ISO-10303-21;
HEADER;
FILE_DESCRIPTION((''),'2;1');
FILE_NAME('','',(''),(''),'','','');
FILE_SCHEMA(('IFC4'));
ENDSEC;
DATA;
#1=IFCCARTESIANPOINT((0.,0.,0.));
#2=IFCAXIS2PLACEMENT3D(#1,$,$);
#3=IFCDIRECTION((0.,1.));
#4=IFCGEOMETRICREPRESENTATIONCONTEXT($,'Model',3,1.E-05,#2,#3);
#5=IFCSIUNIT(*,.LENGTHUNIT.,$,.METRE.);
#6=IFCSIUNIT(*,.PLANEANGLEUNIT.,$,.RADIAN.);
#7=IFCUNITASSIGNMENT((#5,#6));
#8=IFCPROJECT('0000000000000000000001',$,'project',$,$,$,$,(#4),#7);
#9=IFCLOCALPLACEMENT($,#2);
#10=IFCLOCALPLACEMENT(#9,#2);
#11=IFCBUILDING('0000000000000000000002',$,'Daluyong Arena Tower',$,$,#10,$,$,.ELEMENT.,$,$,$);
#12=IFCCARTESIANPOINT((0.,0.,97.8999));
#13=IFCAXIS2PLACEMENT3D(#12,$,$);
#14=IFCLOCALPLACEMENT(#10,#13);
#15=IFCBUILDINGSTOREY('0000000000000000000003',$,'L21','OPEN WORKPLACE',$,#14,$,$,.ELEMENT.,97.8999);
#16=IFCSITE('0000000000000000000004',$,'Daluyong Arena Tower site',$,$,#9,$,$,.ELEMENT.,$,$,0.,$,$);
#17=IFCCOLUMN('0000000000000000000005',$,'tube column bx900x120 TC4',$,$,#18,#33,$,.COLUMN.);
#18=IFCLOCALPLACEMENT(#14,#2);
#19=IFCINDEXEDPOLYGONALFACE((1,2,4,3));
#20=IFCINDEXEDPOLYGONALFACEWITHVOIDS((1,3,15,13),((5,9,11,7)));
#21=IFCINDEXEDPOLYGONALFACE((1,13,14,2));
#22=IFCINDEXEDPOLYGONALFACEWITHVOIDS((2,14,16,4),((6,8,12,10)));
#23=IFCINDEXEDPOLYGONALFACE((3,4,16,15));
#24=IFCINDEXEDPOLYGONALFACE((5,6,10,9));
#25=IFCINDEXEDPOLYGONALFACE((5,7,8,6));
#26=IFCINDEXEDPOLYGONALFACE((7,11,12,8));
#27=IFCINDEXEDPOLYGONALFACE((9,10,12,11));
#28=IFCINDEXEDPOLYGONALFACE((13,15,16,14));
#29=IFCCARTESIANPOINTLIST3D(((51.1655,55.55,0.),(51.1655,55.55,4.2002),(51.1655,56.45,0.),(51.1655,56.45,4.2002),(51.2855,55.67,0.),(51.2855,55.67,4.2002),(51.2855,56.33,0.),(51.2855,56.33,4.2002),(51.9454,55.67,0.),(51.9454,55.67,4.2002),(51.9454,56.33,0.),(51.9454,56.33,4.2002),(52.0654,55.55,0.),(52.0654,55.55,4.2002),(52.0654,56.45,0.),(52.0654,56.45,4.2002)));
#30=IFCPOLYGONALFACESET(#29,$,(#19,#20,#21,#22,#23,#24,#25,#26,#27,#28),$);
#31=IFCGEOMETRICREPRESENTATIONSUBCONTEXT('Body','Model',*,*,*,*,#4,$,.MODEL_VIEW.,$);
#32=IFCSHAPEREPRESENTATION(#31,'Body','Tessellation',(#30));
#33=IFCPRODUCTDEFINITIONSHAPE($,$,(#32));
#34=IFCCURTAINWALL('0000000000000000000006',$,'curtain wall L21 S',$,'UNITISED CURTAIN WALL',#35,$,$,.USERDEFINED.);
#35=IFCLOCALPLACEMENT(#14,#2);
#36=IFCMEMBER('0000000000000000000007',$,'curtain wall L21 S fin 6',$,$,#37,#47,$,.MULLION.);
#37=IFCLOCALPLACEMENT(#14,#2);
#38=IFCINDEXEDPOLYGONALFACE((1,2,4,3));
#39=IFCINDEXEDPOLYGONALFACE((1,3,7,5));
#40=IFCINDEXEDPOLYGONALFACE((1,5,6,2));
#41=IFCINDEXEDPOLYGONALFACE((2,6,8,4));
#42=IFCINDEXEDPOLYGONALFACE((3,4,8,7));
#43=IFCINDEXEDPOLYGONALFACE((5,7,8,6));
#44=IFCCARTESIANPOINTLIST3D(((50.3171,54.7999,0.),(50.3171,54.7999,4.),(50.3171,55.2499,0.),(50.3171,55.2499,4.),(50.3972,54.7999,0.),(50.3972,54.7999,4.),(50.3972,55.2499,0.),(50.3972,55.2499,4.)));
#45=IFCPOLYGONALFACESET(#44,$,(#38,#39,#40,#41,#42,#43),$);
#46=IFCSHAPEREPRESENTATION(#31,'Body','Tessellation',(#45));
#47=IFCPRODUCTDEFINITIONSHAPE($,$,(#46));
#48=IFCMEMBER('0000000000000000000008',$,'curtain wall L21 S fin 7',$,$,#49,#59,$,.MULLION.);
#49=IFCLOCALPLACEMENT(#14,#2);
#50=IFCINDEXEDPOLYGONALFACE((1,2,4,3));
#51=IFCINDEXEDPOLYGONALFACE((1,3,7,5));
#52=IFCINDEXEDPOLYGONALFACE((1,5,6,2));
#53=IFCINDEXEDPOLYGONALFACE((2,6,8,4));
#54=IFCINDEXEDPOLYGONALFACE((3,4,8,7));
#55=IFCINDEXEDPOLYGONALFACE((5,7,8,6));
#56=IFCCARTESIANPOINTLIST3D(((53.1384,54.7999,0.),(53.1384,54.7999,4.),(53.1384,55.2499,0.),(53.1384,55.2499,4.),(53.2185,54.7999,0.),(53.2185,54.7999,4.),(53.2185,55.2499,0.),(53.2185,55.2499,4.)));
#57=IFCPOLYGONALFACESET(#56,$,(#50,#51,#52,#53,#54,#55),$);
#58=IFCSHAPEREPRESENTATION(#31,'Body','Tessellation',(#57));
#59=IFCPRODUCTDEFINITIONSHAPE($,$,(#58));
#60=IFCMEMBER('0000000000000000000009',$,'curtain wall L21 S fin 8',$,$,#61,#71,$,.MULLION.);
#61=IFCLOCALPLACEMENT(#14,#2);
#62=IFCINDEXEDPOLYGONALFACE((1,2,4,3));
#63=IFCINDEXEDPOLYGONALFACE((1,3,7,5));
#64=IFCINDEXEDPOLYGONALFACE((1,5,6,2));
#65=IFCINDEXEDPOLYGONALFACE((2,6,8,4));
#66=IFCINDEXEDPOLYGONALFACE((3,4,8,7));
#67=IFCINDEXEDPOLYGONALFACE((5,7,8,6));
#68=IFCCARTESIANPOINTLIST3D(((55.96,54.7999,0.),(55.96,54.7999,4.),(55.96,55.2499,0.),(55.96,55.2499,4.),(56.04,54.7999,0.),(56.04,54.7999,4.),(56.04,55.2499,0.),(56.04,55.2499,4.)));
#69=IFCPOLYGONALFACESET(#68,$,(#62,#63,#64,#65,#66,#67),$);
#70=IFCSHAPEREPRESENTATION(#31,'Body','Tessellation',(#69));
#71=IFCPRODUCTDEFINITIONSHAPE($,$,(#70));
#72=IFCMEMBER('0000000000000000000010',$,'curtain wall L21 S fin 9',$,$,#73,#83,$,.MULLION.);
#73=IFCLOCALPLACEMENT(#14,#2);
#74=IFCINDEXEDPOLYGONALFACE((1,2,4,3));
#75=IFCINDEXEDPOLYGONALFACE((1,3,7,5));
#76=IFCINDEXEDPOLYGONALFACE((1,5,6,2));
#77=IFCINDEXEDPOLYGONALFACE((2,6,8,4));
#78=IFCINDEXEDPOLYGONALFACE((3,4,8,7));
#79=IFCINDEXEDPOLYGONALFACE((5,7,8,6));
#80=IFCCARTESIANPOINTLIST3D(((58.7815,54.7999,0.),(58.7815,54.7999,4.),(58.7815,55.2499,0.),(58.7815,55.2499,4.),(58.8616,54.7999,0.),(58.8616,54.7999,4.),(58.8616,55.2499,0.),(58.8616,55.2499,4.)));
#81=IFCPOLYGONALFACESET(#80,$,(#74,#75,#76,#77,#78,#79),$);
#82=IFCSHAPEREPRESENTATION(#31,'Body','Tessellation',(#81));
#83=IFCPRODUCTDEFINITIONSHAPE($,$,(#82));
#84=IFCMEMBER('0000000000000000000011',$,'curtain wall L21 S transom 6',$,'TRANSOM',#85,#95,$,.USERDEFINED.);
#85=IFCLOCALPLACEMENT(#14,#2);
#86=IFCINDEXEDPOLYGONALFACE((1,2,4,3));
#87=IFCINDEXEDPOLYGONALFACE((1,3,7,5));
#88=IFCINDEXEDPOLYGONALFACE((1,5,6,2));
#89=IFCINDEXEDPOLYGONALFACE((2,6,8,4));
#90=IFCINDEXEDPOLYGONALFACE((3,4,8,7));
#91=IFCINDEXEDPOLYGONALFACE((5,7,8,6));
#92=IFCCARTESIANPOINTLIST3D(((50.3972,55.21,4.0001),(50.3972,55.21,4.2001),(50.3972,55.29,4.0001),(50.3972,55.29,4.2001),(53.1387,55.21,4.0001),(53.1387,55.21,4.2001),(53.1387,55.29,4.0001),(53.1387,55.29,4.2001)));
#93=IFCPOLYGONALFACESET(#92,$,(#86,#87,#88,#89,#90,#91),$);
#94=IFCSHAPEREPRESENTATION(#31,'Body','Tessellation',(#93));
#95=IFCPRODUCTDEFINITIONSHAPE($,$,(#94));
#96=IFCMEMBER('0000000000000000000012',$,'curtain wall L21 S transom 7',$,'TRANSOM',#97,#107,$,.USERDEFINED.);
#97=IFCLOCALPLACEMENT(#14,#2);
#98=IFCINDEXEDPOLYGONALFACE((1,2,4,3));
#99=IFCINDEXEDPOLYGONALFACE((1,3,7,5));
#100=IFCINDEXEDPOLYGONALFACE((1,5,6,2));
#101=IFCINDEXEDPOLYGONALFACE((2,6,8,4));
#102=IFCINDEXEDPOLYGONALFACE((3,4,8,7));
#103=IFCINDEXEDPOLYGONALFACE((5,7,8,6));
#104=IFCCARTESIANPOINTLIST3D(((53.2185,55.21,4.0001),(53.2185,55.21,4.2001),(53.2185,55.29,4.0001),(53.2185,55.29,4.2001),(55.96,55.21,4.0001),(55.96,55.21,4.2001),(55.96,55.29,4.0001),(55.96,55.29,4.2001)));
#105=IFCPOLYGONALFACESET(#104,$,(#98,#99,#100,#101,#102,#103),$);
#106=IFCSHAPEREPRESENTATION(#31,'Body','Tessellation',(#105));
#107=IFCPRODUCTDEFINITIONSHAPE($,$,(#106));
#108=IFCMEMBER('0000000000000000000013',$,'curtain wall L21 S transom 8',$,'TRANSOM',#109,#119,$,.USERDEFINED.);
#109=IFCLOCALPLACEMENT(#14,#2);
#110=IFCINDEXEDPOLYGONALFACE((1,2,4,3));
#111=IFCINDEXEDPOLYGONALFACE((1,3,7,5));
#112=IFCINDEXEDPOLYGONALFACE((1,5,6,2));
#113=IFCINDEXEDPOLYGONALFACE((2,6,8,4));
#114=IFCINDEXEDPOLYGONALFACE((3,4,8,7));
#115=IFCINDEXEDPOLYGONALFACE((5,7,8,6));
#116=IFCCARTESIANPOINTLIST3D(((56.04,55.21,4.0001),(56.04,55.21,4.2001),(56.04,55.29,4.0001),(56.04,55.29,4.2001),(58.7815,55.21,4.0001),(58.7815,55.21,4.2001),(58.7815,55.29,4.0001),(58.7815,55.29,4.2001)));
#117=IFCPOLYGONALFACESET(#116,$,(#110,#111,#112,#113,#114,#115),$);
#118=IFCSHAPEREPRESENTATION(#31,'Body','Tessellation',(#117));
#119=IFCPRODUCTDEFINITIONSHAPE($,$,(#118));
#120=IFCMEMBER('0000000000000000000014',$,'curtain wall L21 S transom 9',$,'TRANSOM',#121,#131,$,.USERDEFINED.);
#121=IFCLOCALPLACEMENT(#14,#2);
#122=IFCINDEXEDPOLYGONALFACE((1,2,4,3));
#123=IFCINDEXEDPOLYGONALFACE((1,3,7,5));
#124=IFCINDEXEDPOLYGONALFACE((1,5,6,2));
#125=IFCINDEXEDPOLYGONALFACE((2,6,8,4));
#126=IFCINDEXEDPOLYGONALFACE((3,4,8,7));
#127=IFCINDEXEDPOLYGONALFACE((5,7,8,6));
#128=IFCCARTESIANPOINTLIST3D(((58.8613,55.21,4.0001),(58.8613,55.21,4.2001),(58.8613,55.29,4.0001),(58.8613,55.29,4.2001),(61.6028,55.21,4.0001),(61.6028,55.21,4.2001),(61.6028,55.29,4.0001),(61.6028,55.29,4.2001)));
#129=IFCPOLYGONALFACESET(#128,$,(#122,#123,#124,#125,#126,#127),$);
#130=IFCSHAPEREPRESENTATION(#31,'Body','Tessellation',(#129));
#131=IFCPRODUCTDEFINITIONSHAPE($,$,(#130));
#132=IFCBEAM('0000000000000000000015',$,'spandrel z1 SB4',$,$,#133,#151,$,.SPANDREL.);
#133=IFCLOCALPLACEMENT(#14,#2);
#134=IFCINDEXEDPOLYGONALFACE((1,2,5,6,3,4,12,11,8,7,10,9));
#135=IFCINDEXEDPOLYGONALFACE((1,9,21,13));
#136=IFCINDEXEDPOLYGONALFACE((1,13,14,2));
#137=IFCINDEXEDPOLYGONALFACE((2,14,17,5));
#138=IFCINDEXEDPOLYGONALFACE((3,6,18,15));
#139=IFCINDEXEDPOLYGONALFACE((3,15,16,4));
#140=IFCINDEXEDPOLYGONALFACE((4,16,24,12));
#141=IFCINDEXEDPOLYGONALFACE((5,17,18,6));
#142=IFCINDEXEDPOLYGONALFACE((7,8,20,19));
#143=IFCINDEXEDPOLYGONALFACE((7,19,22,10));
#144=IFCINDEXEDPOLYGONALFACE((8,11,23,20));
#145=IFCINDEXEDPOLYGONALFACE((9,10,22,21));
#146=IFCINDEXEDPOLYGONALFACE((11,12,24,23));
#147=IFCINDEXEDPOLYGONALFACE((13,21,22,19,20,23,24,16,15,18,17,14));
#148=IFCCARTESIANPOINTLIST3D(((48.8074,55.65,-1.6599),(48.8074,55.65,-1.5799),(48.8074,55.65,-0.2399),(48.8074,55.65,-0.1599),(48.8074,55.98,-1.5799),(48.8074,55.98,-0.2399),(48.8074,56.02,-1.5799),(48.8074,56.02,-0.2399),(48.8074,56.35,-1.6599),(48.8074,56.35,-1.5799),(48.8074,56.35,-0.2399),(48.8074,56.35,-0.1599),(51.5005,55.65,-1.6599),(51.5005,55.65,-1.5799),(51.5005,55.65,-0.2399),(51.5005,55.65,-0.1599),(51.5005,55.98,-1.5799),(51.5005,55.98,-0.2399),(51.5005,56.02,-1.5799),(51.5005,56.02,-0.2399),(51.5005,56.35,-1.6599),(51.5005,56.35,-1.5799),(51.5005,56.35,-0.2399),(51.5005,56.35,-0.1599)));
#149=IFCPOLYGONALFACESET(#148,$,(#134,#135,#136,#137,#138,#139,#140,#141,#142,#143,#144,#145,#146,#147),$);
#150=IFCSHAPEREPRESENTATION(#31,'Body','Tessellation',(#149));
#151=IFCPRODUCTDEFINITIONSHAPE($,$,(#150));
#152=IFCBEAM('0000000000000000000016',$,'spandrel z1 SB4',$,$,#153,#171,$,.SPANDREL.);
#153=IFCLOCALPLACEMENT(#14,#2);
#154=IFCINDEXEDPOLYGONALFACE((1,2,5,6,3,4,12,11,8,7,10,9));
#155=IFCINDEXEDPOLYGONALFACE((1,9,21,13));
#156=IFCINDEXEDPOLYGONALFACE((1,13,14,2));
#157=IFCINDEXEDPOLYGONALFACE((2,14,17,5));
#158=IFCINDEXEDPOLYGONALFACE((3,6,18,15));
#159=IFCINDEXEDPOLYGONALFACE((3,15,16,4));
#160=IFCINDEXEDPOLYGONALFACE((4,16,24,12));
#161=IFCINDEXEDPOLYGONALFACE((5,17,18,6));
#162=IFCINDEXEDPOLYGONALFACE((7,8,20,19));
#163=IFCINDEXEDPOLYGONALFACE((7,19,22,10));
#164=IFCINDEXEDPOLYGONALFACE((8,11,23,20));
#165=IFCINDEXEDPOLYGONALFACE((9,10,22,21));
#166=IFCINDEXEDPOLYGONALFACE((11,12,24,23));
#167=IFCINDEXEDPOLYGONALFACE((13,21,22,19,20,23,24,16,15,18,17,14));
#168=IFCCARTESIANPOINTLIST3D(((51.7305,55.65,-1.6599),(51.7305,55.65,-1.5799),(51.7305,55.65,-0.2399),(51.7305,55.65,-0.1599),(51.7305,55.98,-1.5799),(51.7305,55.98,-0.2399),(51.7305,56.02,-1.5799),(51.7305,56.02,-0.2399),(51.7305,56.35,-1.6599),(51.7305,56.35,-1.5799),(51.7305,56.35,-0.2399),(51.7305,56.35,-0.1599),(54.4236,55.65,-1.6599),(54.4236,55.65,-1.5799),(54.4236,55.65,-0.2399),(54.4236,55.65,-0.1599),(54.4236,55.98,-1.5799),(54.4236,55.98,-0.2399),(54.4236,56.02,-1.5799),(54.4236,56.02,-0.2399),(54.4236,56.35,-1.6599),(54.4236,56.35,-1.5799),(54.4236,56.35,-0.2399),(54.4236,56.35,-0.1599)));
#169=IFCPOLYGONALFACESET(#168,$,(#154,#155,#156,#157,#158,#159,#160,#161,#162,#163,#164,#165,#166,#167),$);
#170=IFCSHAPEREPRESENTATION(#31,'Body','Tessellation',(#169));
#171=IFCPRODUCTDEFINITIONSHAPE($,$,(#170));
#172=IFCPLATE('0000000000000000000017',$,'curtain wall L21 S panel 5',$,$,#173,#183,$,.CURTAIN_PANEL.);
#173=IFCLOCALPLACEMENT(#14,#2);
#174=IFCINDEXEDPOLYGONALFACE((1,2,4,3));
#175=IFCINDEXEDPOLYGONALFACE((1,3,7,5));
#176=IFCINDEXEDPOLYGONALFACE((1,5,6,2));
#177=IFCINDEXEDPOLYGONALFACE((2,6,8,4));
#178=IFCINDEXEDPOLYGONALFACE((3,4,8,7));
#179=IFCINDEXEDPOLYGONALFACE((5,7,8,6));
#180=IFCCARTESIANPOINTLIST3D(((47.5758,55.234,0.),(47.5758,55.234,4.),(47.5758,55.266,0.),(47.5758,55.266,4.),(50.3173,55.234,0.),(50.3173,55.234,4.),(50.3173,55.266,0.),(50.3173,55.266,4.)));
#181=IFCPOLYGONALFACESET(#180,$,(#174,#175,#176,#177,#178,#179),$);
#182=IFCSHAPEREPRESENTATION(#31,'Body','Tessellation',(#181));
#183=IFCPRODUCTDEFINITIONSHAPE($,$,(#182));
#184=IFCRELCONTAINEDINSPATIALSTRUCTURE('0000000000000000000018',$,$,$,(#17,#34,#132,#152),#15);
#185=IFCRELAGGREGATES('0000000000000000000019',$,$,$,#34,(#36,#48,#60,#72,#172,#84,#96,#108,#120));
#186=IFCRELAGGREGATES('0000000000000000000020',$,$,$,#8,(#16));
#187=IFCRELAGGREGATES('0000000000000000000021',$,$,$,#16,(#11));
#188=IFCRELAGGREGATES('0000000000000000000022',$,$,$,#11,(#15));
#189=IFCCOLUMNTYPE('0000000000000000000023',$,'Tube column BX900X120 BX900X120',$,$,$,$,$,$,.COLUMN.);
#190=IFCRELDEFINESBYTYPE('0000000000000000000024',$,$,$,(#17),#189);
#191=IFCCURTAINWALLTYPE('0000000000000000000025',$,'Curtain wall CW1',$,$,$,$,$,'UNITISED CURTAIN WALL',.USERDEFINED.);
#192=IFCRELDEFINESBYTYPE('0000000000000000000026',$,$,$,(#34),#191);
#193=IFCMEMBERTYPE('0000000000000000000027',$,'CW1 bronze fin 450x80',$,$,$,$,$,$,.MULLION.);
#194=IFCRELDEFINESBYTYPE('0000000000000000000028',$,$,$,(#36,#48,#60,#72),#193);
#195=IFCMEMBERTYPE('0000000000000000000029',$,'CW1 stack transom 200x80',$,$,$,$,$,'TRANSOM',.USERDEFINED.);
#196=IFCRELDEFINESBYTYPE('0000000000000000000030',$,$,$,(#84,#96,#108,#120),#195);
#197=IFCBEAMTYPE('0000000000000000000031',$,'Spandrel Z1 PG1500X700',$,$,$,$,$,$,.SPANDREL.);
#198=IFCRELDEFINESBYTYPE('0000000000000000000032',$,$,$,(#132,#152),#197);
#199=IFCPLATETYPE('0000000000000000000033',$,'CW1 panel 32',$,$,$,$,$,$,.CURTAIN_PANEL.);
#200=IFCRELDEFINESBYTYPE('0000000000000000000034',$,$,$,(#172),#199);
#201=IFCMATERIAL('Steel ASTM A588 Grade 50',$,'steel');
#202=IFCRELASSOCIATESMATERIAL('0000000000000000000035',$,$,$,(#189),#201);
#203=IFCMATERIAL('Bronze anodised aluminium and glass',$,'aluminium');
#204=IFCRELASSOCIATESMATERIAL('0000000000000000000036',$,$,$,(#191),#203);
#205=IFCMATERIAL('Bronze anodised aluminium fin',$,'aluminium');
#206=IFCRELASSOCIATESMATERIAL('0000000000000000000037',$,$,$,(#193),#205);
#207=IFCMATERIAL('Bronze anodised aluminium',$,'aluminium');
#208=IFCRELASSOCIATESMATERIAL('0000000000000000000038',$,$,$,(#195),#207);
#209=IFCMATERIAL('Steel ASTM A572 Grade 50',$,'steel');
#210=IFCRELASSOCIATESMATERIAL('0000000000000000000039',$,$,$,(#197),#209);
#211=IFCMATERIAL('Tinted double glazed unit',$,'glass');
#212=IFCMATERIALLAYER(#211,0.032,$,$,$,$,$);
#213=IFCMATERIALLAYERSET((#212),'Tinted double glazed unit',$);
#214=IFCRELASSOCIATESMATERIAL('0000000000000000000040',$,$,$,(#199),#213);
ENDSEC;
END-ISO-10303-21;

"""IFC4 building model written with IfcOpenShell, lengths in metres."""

from ifc_helpers import new_model, si_unit, direction, frame, origin, origin_2d, place, context, subcontext, project, spatial, rectangle, hollow_rectangle, i_section, extrude, material, layer, layer_set, material_profile, profile_set, type_object, element, aggregate, save


model = new_model("IFC4")

# Units and contexts
model_context = context("Model", 3, precision=1e-05, world=origin(), true_north=direction((0.0, 1.0)))
body_context = subcontext(model_context, "Body", "Model", "MODEL_VIEW")
ifc_project = project(units=[si_unit("LENGTHUNIT", "METRE"), si_unit("PLANEANGLEUNIT", "RADIAN")], contexts=[model_context])

# Site, building, storey
site_placement = place(None, origin())
site = spatial("IfcSite", under=ifc_project, at=site_placement, Name="Daluyong Arena Tower site", CompositionType="ELEMENT", RefElevation=0.0)
building_placement = place(site_placement, origin())
building = spatial("IfcBuilding", under=site, at=building_placement, Name="Daluyong Arena Tower", CompositionType="ELEMENT")
storey_placement = place(building_placement, frame((0.0, 0.0, 97.8999)))
storey = spatial("IfcBuildingStorey", under=building, at=storey_placement, Name="L21", Description="OPEN WORKPLACE", CompositionType="ELEMENT", Elevation=97.8999)

# Column
ifc_material_1 = material(Name="Steel ASTM A588 Grade 50", Category="steel")
ifc_material_profile_1 = material_profile(ifc_material_1, hollow_rectangle(XDim=0.8999, YDim=0.8999, WallThickness=0.12, at=origin_2d()))
ifc_profile_set_1 = profile_set([ifc_material_profile_1], Name="Steel ASTM A588 Grade 50")
column_type = type_object("IfcColumnType", Name="Tube column BX900X120 BX900X120", PredefinedType="COLUMN", material=ifc_profile_set_1)
column_placement = place(storey_placement, frame((51.6155, 56.0, 0.0), z_axis=(0.0, 0.0, 1.0), x_axis=(1.0, 0.0, 0.0)))
element("IfcColumn", 1, at=column_placement, inside=storey, type_object=column_type, Name="tube column bx900x120 TC4", PredefinedType="COLUMN", context=body_context, shape_type="SweptSolid", body=[
    extrude(hollow_rectangle(XDim=0.8999, YDim=0.8999, WallThickness=0.12, at=origin_2d()), origin(), (0.0, 0.0, 1.0), 4.2002),
])

# Curtain wall, members
ifc_material_2 = material(Name="Bronze anodised aluminium and glass", Category="aluminium")
curtain_wall_type = type_object("IfcCurtainWallType", Name="Curtain wall CW1", ElementType="UNITISED CURTAIN WALL", PredefinedType="USERDEFINED", material=ifc_material_2)
curtain_wall_placement = place(storey_placement, origin())
curtain_wall = element("IfcCurtainWall", 2, at=curtain_wall_placement, inside=storey, type_object=curtain_wall_type, Name="curtain wall L21 S", ObjectType="UNITISED CURTAIN WALL", PredefinedType="USERDEFINED")
ifc_material_3 = material(Name="Bronze anodised aluminium fin", Category="aluminium")
ifc_material_profile_2 = material_profile(ifc_material_3, rectangle(XDim=0.45, YDim=0.0801, at=origin_2d()))
ifc_profile_set_2 = profile_set([ifc_material_profile_2], Name="Bronze anodised aluminium fin")
member_type_1 = type_object("IfcMemberType", Name="CW1 bronze fin 450x80", PredefinedType="MULLION", material=ifc_profile_set_2)
member_1_placement = place(storey_placement, frame((50.3572, 55.0249, 0.0), z_axis=(0.0, 0.0, 1.0), x_axis=(0.0, 1.0, 0.0)))
member_1 = element("IfcMember", 3, at=member_1_placement, type_object=member_type_1, Name="curtain wall L21 S fin 6", PredefinedType="MULLION", context=body_context, shape_type="SweptSolid", body=[
    extrude(rectangle(XDim=0.45, YDim=0.0801, at=origin_2d()), origin(), (0.0, 0.0, 1.0), 4.0),
])
member_2_placement = place(storey_placement, frame((53.1785, 55.0249, 0.0), z_axis=(0.0, 0.0, 1.0), x_axis=(0.0, 1.0, 0.0)))
member_2 = element("IfcMember", 4, at=member_2_placement, type_object=member_type_1, Name="curtain wall L21 S fin 7", PredefinedType="MULLION", context=body_context, shape_type="SweptSolid", body=[
    extrude(rectangle(XDim=0.45, YDim=0.0801, at=origin_2d()), origin(), (0.0, 0.0, 1.0), 4.0),
])
member_3_placement = place(storey_placement, frame((56.0, 55.0249, 0.0), z_axis=(0.0, 0.0, 1.0), x_axis=(0.0, 1.0, 0.0)))
member_3 = element("IfcMember", 5, at=member_3_placement, type_object=member_type_1, Name="curtain wall L21 S fin 8", PredefinedType="MULLION", context=body_context, shape_type="SweptSolid", body=[
    extrude(rectangle(XDim=0.45, YDim=0.0801, at=origin_2d()), origin(), (0.0, 0.0, 1.0), 4.0),
])
member_4_placement = place(storey_placement, frame((58.8215, 55.0249, 0.0), z_axis=(0.0, 0.0, 1.0), x_axis=(0.0, 1.0, 0.0)))
member_4 = element("IfcMember", 6, at=member_4_placement, type_object=member_type_1, Name="curtain wall L21 S fin 9", PredefinedType="MULLION", context=body_context, shape_type="SweptSolid", body=[
    extrude(rectangle(XDim=0.45, YDim=0.0801, at=origin_2d()), origin(), (0.0, 0.0, 1.0), 4.0),
])
ifc_material_4 = material(Name="Bronze anodised aluminium", Category="aluminium")
ifc_material_profile_3 = material_profile(ifc_material_4, rectangle(XDim=0.0801, YDim=0.2, at=origin_2d()))
ifc_profile_set_3 = profile_set([ifc_material_profile_3], Name="Bronze anodised aluminium")
member_type_2 = type_object("IfcMemberType", Name="CW1 stack transom 200x80", ElementType="TRANSOM", PredefinedType="USERDEFINED", material=ifc_profile_set_3)
member_5_placement = place(storey_placement, frame((50.3972, 55.25, 4.1001), z_axis=(1.0, 0.0, 0.0), x_axis=(0.0, 1.0, 0.0)))
member_5 = element("IfcMember", 7, at=member_5_placement, type_object=member_type_2, Name="curtain wall L21 S transom 6", ObjectType="TRANSOM", PredefinedType="USERDEFINED", context=body_context, shape_type="SweptSolid", body=[
    extrude(rectangle(XDim=0.0801, YDim=0.2, at=origin_2d()), origin(), (0.0, 0.0, 1.0), 2.7415),
])
member_6_placement = place(storey_placement, frame((53.2185, 55.25, 4.1001), z_axis=(1.0, 0.0, 0.0), x_axis=(0.0, 1.0, 0.0)))
member_6 = element("IfcMember", 8, at=member_6_placement, type_object=member_type_2, Name="curtain wall L21 S transom 7", ObjectType="TRANSOM", PredefinedType="USERDEFINED", context=body_context, shape_type="SweptSolid", body=[
    extrude(rectangle(XDim=0.0801, YDim=0.2, at=origin_2d()), origin(), (0.0, 0.0, 1.0), 2.7415),
])
member_7_placement = place(storey_placement, frame((56.04, 55.25, 4.1001), z_axis=(1.0, 0.0, 0.0), x_axis=(0.0, 1.0, 0.0)))
member_7 = element("IfcMember", 9, at=member_7_placement, type_object=member_type_2, Name="curtain wall L21 S transom 8", ObjectType="TRANSOM", PredefinedType="USERDEFINED", context=body_context, shape_type="SweptSolid", body=[
    extrude(rectangle(XDim=0.0801, YDim=0.2, at=origin_2d()), origin(), (0.0, 0.0, 1.0), 2.7415),
])
member_8_placement = place(storey_placement, frame((58.8613, 55.25, 4.1001), z_axis=(1.0, 0.0, 0.0), x_axis=(0.0, 1.0, 0.0)))
member_8 = element("IfcMember", 10, at=member_8_placement, type_object=member_type_2, Name="curtain wall L21 S transom 9", ObjectType="TRANSOM", PredefinedType="USERDEFINED", context=body_context, shape_type="SweptSolid", body=[
    extrude(rectangle(XDim=0.0801, YDim=0.2, at=origin_2d()), origin(), (0.0, 0.0, 1.0), 2.7415),
])

# Beams
ifc_material_5 = material(Name="Steel ASTM A572 Grade 50", Category="steel")
ifc_material_profile_4 = material_profile(ifc_material_5, i_section(OverallWidth=0.7, OverallDepth=1.5, WebThickness=0.04, FlangeThickness=0.08, at=origin_2d()))
ifc_profile_set_4 = profile_set([ifc_material_profile_4], Name="Steel ASTM A572 Grade 50")
beam_type = type_object("IfcBeamType", Name="Spandrel Z1 PG1500X700", PredefinedType="SPANDREL", material=ifc_profile_set_4)
for number, where, z_axis, x_axis, name in (
    (11, (48.8074, 56.0, -0.9099), (1.0, 0.0, 0.0), (0.0, 1.0, 0.0), "spandrel z1 SB4"),
    (12, (51.7305, 56.0, -0.9099), (1.0, 0.0, 0.0), (0.0, 1.0, 0.0), "spandrel z1 SB4"),
):
    element("IfcBeam", number, at=place(storey_placement, frame(where, z_axis=z_axis, x_axis=x_axis)), inside=storey, type_object=beam_type, Name=name, PredefinedType="SPANDREL", context=body_context, shape_type="SweptSolid", body=[
        extrude(i_section(OverallWidth=0.7, OverallDepth=1.5, WebThickness=0.04, FlangeThickness=0.08, at=origin_2d()), origin(), (0.0, 0.0, 1.0), 2.6931),
    ])

# Plate
ifc_material_6 = material(Name="Tinted double glazed unit", Category="glass")
ifc_layer = layer(ifc_material_6, 0.032)
ifc_layer_set = layer_set([ifc_layer], Name="Tinted double glazed unit")
plate_type = type_object("IfcPlateType", Name="CW1 panel 32", PredefinedType="CURTAIN_PANEL", material=ifc_layer_set)
plate_1_placement = place(storey_placement, frame((48.9465, 55.25, 0.0), z_axis=(0.0, 0.0, 1.0), x_axis=(1.0, 0.0, 0.0)))
plate_1 = element("IfcPlate", 13, at=plate_1_placement, type_object=plate_type, Name="curtain wall L21 S panel 5", PredefinedType="CURTAIN_PANEL", context=body_context, shape_type="SweptSolid", body=[
    extrude(rectangle(XDim=2.7415, YDim=0.032, at=origin_2d()), origin(), (0.0, 0.0, 1.0), 4.0),
])
aggregate(curtain_wall, [member_1, member_2, member_3, member_4, plate_1, member_5, member_6, member_7, member_8])

save(model, "model.ifc")
